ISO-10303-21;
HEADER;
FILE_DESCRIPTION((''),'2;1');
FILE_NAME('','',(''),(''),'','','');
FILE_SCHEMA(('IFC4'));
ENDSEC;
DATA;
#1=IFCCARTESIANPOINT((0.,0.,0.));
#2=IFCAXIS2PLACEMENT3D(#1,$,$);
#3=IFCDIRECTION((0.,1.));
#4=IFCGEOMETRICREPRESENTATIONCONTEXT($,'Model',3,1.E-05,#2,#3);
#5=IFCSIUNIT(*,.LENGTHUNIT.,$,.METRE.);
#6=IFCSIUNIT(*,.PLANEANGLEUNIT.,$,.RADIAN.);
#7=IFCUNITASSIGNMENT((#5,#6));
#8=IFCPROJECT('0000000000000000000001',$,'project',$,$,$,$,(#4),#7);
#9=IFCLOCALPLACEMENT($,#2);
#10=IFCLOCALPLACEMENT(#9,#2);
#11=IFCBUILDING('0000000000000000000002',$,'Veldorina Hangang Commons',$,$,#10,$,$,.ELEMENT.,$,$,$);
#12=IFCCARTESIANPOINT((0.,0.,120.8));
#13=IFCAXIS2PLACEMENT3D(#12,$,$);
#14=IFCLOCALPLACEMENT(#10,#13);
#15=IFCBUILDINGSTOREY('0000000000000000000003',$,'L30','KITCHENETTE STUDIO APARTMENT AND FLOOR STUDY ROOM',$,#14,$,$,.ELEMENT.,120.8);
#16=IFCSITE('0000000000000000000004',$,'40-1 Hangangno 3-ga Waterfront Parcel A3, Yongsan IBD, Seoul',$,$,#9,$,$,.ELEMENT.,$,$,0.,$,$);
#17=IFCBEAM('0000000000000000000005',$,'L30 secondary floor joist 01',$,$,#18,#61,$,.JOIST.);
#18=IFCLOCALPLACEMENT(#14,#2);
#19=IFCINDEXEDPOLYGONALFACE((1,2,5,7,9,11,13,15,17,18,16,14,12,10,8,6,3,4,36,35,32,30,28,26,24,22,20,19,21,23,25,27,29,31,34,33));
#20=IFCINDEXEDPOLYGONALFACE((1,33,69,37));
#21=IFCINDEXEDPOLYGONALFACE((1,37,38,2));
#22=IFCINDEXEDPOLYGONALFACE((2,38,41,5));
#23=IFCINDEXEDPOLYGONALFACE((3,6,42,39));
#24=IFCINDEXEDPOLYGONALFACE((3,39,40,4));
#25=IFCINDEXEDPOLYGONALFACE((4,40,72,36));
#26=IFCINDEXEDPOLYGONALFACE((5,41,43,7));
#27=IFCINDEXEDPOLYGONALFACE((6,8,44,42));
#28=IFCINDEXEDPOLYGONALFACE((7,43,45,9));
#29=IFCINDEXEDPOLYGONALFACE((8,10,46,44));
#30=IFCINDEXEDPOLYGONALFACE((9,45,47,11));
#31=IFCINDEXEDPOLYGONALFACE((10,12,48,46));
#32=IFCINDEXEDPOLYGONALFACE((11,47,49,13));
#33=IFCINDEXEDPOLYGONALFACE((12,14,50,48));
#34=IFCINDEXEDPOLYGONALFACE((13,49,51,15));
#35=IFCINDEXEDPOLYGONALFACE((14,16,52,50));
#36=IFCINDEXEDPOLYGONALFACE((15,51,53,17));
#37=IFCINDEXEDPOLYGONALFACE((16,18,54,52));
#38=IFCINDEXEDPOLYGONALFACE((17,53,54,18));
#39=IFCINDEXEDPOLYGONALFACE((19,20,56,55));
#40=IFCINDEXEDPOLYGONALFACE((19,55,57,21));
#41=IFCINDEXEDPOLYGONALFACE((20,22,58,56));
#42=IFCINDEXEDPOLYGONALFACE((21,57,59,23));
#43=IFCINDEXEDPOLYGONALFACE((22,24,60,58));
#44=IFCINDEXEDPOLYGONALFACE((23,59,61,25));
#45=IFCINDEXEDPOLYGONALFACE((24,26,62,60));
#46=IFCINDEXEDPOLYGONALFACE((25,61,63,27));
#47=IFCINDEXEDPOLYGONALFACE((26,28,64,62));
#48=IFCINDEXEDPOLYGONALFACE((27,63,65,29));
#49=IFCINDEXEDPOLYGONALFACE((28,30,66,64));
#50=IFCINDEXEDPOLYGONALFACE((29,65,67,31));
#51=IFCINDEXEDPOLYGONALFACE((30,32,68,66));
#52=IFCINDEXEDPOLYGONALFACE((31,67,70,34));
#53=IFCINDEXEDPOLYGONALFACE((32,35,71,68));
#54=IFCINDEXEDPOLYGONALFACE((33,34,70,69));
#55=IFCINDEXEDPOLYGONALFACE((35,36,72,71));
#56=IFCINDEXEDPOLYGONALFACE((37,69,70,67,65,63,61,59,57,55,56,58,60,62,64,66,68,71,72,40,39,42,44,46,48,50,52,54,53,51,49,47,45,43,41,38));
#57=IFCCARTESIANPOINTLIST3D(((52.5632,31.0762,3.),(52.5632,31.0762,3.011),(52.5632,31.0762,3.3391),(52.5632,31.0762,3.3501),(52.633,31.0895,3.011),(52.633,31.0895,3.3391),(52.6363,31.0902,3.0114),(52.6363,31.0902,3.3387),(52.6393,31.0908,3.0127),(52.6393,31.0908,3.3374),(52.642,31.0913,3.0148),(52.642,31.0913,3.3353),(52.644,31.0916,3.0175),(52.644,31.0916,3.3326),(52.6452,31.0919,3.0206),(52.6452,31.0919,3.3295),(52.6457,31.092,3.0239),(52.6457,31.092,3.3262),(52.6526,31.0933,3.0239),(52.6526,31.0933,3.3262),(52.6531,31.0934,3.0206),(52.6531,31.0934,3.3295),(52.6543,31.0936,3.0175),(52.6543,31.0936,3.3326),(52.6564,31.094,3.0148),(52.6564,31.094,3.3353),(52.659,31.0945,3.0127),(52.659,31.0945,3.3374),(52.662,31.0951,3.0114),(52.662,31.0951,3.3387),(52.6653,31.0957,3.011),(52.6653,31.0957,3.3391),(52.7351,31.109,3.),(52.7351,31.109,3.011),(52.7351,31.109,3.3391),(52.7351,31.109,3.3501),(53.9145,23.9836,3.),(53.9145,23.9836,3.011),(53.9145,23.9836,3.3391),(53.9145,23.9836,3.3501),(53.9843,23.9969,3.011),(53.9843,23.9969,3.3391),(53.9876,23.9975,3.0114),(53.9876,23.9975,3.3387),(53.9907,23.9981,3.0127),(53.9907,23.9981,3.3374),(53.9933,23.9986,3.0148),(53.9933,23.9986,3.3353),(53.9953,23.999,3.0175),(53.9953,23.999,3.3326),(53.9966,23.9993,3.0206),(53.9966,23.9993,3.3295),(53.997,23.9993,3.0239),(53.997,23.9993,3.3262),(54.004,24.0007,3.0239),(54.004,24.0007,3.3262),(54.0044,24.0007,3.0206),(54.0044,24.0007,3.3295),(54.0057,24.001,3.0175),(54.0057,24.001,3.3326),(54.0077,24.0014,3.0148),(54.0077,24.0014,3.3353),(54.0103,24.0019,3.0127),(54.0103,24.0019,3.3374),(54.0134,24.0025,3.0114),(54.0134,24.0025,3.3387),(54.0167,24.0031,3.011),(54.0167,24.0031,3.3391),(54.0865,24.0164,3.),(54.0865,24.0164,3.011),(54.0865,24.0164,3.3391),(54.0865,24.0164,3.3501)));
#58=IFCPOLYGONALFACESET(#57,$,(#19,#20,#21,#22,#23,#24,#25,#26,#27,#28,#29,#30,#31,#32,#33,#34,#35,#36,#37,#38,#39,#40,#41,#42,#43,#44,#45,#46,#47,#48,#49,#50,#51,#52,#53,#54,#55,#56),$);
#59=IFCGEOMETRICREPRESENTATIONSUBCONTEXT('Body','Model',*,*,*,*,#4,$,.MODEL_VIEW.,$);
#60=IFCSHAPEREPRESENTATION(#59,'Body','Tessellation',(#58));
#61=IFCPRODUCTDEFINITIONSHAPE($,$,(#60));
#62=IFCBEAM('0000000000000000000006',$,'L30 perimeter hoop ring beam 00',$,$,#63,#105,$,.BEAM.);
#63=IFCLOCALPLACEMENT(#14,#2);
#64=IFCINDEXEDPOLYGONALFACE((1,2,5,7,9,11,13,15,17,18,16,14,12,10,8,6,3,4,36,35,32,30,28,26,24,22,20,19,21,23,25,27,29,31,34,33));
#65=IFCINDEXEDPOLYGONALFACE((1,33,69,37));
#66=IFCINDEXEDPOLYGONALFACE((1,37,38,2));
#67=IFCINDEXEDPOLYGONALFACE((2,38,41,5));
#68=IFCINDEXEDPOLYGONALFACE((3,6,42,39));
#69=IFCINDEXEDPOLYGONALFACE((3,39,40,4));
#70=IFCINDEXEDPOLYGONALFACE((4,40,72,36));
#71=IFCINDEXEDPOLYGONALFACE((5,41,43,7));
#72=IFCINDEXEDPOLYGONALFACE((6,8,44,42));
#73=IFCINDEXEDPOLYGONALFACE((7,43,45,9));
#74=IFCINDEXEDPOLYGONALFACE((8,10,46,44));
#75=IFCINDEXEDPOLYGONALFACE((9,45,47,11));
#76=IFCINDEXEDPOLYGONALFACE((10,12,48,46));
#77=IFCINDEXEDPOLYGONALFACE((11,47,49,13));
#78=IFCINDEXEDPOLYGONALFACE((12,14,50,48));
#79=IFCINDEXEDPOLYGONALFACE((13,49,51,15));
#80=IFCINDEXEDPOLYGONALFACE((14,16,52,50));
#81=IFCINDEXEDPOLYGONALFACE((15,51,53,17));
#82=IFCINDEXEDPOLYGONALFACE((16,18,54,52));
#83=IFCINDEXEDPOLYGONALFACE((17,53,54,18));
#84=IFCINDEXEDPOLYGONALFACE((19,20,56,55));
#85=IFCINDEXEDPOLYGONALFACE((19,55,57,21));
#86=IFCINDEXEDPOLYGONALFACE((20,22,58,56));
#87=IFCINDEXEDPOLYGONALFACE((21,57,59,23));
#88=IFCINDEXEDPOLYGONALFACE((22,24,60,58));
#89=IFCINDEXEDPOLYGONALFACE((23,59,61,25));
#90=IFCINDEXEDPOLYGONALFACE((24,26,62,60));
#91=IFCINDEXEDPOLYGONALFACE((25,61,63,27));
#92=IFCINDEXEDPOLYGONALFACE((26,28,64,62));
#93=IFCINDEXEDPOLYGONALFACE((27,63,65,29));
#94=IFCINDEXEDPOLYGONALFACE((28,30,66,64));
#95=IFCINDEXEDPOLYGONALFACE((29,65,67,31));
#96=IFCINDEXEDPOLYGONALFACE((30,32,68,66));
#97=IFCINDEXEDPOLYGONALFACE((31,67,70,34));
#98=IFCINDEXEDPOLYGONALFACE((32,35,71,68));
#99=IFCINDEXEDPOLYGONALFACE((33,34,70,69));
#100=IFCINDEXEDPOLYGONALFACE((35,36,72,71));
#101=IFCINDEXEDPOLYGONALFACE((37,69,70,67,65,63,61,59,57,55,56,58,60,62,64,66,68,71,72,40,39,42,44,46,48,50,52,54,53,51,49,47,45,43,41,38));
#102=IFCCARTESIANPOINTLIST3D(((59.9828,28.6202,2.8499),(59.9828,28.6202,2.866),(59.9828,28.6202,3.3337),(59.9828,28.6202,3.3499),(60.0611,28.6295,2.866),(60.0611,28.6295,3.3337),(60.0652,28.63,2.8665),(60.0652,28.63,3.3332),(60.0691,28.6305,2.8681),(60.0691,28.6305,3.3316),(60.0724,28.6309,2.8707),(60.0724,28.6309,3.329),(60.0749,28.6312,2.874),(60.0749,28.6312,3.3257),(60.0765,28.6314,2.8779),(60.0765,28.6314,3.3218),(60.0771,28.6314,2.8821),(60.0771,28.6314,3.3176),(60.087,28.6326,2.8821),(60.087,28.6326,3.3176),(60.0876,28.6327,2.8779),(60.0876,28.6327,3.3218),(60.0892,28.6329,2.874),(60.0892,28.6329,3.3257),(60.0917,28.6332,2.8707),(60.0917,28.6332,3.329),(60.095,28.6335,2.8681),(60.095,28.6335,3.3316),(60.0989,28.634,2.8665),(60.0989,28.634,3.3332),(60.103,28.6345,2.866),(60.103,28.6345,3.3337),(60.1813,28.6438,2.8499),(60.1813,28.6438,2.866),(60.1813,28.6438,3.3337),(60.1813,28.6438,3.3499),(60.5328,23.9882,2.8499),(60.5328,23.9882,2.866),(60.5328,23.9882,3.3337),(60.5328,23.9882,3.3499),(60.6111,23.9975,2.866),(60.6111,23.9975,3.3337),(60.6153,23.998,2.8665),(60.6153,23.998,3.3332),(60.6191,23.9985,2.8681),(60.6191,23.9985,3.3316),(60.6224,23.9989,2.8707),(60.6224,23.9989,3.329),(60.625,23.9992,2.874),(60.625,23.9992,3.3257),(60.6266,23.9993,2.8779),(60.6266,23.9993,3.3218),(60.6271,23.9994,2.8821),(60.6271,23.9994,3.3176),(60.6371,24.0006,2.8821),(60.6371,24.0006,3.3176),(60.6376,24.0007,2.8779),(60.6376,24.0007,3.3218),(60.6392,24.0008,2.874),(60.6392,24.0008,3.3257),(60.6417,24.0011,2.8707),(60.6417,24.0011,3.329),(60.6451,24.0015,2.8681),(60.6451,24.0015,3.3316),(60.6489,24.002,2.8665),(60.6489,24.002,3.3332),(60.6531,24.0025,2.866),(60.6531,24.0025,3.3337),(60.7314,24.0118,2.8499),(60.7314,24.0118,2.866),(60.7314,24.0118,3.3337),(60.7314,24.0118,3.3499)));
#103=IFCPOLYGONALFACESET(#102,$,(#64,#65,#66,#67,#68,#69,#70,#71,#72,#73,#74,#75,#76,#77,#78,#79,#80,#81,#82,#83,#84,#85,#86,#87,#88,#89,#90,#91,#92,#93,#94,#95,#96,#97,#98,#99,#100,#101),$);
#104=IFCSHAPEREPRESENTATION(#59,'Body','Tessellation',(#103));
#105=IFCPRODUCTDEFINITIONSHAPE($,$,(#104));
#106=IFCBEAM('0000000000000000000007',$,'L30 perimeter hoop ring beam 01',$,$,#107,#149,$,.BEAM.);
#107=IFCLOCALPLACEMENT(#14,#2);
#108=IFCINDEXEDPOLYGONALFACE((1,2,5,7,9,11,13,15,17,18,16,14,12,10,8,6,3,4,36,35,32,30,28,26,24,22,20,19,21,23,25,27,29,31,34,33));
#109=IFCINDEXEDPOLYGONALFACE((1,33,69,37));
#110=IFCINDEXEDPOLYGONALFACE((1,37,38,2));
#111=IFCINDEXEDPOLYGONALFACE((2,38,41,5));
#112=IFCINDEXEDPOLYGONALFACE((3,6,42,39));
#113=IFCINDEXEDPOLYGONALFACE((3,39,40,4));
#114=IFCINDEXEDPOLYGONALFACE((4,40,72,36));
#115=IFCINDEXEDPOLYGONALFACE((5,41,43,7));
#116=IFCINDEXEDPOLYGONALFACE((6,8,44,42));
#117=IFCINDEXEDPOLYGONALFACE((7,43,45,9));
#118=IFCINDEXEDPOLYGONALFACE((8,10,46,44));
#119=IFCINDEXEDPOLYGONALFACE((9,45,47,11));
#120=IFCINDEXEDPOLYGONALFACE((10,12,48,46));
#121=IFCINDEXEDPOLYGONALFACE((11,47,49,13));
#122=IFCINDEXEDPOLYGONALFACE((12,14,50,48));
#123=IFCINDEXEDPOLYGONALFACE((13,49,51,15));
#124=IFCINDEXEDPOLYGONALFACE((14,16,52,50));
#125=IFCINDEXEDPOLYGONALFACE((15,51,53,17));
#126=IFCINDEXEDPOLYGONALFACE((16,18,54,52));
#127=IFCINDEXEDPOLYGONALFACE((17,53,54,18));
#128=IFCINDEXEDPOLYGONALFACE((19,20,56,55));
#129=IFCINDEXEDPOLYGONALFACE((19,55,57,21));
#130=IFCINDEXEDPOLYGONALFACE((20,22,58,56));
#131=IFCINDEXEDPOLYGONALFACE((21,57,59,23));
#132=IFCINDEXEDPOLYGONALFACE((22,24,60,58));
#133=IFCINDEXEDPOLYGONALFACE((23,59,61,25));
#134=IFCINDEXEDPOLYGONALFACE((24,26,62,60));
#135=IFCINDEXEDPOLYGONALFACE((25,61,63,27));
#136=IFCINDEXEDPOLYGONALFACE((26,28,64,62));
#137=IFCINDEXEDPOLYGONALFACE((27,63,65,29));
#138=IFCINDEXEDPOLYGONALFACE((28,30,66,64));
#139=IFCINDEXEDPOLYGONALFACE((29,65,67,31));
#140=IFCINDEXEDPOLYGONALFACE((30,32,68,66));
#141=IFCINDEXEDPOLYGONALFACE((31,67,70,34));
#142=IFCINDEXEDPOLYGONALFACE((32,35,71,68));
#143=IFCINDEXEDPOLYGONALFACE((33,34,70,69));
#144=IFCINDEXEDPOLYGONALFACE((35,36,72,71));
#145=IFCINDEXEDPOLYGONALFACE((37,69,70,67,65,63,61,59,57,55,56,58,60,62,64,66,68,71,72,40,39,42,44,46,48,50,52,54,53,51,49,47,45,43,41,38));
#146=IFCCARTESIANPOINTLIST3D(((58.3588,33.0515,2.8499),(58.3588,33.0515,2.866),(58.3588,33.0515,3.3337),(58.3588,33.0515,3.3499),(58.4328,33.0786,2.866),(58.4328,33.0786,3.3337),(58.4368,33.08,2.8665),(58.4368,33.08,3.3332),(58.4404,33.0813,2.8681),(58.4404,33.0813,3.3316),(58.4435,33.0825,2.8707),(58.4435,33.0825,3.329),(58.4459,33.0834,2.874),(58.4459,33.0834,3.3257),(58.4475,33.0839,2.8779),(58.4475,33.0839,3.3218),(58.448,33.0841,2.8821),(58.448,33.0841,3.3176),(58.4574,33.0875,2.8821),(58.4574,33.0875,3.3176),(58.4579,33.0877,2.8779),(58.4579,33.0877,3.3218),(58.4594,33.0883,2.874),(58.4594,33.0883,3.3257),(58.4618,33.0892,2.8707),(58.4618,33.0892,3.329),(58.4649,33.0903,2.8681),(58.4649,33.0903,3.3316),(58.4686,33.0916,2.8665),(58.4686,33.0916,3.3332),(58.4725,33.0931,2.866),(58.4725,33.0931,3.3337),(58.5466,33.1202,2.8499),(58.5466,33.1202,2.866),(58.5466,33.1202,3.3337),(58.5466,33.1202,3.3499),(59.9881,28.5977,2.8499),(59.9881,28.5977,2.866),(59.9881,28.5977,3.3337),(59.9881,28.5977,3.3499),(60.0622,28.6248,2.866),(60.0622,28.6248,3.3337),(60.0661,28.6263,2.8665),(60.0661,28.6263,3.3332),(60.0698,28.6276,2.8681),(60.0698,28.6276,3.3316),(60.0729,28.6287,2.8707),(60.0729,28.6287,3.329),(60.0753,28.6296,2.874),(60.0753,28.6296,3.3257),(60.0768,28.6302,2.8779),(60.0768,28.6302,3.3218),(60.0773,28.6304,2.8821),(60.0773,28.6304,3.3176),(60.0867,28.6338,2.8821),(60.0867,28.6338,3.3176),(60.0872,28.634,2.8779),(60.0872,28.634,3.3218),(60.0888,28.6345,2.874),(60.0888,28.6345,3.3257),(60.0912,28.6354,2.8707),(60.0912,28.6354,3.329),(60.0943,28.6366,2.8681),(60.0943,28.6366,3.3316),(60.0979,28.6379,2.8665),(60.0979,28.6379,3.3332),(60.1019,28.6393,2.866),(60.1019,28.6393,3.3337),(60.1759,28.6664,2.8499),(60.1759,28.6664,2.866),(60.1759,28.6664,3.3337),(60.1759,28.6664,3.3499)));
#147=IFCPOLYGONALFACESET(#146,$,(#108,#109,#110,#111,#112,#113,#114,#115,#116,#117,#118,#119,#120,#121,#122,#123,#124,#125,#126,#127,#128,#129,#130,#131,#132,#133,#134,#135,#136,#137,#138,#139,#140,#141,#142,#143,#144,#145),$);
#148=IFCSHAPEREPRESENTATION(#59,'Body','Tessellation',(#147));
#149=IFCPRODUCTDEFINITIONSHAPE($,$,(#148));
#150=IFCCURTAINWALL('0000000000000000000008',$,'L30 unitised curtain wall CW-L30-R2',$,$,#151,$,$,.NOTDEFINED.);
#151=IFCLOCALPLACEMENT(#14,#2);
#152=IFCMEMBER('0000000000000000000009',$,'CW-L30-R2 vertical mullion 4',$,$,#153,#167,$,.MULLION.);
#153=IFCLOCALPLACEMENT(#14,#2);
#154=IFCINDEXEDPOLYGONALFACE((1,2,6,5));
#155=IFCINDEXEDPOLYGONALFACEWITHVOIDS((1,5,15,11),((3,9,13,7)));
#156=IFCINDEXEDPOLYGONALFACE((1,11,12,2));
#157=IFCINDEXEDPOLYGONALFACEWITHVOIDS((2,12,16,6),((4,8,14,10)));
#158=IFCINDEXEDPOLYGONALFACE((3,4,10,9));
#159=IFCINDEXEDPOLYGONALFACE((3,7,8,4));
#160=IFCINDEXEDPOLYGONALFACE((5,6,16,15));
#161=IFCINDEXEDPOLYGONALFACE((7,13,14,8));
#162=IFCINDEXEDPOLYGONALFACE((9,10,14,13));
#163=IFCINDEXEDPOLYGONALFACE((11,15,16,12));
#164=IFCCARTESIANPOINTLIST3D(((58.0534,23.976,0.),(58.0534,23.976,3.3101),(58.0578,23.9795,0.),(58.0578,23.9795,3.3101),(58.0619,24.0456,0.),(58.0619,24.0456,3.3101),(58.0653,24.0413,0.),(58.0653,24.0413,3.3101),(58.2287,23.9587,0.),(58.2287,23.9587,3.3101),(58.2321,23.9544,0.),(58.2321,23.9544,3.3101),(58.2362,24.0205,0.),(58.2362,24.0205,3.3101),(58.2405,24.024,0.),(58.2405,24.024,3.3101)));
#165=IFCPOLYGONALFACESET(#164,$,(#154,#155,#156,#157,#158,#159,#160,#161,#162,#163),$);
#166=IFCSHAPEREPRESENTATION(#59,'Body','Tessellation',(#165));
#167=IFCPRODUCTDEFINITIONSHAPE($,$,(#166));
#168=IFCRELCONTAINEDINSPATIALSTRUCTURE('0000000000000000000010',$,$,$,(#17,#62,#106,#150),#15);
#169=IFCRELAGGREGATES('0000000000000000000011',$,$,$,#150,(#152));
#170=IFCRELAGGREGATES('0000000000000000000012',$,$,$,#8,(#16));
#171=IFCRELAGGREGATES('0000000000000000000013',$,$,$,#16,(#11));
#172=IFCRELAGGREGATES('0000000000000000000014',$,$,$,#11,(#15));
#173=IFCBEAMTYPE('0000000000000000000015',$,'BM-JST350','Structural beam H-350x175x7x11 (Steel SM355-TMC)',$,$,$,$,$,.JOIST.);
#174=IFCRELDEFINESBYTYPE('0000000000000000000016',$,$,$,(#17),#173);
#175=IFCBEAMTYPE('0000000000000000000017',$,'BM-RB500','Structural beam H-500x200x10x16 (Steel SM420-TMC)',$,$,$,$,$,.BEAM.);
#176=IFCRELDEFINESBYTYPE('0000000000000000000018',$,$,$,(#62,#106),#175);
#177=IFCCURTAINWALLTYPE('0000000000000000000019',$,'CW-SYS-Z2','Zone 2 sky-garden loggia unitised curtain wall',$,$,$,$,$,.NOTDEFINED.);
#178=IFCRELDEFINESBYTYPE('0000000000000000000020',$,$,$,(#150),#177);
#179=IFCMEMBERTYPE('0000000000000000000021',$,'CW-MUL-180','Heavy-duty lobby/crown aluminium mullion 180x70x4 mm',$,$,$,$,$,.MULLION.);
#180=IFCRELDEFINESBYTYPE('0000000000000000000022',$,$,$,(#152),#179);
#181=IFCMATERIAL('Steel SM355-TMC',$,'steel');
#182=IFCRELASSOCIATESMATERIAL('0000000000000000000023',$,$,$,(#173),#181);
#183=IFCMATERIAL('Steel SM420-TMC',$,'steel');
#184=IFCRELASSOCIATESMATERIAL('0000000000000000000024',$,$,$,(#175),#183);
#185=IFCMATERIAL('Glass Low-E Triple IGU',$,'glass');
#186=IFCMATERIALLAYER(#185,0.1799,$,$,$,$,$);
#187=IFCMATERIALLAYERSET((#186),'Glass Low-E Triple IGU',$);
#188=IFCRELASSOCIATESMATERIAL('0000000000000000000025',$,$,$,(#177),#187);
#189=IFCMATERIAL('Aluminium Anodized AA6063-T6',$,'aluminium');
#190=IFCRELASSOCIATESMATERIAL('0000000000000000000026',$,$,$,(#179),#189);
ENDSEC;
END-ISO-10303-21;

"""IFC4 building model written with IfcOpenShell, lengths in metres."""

from ifc_helpers import new_model, si_unit, direction, frame, origin, origin_2d, place, context, subcontext, project, spatial, hollow_rectangle, i_section, extrude, material, layer, layer_set, material_profile, profile_set, type_object, element, aggregate, save


model = new_model("IFC4")

# Units and contexts
model_context = context("Model", 3, precision=1e-05, world=origin(), true_north=direction((0.0, 1.0)))
body_context = subcontext(model_context, "Body", "Model", "MODEL_VIEW")
ifc_project = project(units=[si_unit("LENGTHUNIT", "METRE"), si_unit("PLANEANGLEUNIT", "RADIAN")], contexts=[model_context])

# Site, building, storey
site_placement = place(None, origin())
site = spatial("IfcSite", under=ifc_project, at=site_placement, Name="40-1 Hangangno 3-ga Waterfront Parcel A3, Yongsan IBD, Seoul", CompositionType="ELEMENT", RefElevation=0.0)
building_placement = place(site_placement, origin())
building = spatial("IfcBuilding", under=site, at=building_placement, Name="Veldorina Hangang Commons", CompositionType="ELEMENT")
storey_placement = place(building_placement, frame((0.0, 0.0, 120.8)))
storey = spatial("IfcBuildingStorey", under=building, at=storey_placement, Name="L30", Description="KITCHENETTE STUDIO APARTMENT AND FLOOR STUDY ROOM", CompositionType="ELEMENT", Elevation=120.8)

# Beams
ifc_material_1 = material(Name="Steel SM355-TMC", Category="steel")
ifc_material_profile_1 = material_profile(ifc_material_1, i_section(OverallWidth=0.175, OverallDepth=0.3501, WebThickness=0.0071, FlangeThickness=0.011, FilletRadius=0.0129, at=origin_2d()), Name="H-350x175x7x11")
ifc_profile_set_1 = profile_set([ifc_material_profile_1], Name="Steel SM355-TMC")
beam_type_1 = type_object("IfcBeamType", Name="BM-JST350", Description="Structural beam H-350x175x7x11 (Steel SM355-TMC)", PredefinedType="JOIST", material=ifc_profile_set_1)
beam_1_placement = place(storey_placement, frame((54.0005, 24.0, 3.175), z_axis=(-0.18716, 0.982329, 0.0), x_axis=(-0.982329, -0.18716, 0.0)))
element("IfcBeam", 1, at=beam_1_placement, inside=storey, type_object=beam_type_1, Name="L30 secondary floor joist 01", PredefinedType="JOIST", context=body_context, shape_type="SweptSolid", body=[
    extrude(i_section(OverallWidth=0.175, OverallDepth=0.3501, WebThickness=0.0071, FlangeThickness=0.011, FilletRadius=0.0129, at=origin_2d()), origin(), (0.0, 0.0, 1.0), 7.2202),
])
ifc_material_2 = material(Name="Steel SM420-TMC", Category="steel")
ifc_material_profile_2 = material_profile(ifc_material_2, i_section(OverallWidth=0.2, OverallDepth=0.5, WebThickness=0.01, FlangeThickness=0.0161, FilletRadius=0.0161, at=origin_2d()), Name="H-500x200x10x16")
ifc_profile_set_2 = profile_set([ifc_material_profile_2], Name="Steel SM420-TMC")
beam_type_2 = type_object("IfcBeamType", Name="BM-RB500", Description="Structural beam H-500x200x10x16 (Steel SM420-TMC)", PredefinedType="BEAM", material=ifc_profile_set_2)
beam_2_placement = place(storey_placement, frame((60.6321, 24.0, 3.0999), z_axis=(-0.117919, 0.993023, 0.0), x_axis=(-0.993023, -0.117919, 0.0)))
element("IfcBeam", 2, at=beam_2_placement, inside=storey, type_object=beam_type_2, Name="L30 perimeter hoop ring beam 00", PredefinedType="BEAM", context=body_context, shape_type="SweptSolid", body=[
    extrude(i_section(OverallWidth=0.2, OverallDepth=0.5, WebThickness=0.01, FlangeThickness=0.0161, FilletRadius=0.0161, at=origin_2d()), origin(), (0.0, 0.0, 1.0), 4.6646),
])
beam_3_placement = place(storey_placement, frame((60.082, 28.6321, 3.0999), z_axis=(-0.343569, 0.939127, 0.0), x_axis=(-0.939127, -0.343569, 0.0)))
element("IfcBeam", 3, at=beam_3_placement, inside=storey, type_object=beam_type_2, Name="L30 perimeter hoop ring beam 01", PredefinedType="BEAM", context=body_context, shape_type="SweptSolid", body=[
    extrude(i_section(OverallWidth=0.2, OverallDepth=0.5, WebThickness=0.01, FlangeThickness=0.0161, FilletRadius=0.0161, at=origin_2d()), origin(), (0.0, 0.0, 1.0), 4.7424),
])

# Curtain wall, member
ifc_material_3 = material(Name="Glass Low-E Triple IGU", Category="glass")
ifc_layer_1 = layer(ifc_material_3, 0.1799)
ifc_layer_set_1 = layer_set([ifc_layer_1], Name="Glass Low-E Triple IGU")
curtain_wall_type = type_object("IfcCurtainWallType", Name="CW-SYS-Z2", Description="Zone 2 sky-garden loggia unitised curtain wall", PredefinedType="NOTDEFINED", material=ifc_layer_set_1)
curtain_wall_placement = place(storey_placement, origin())
curtain_wall = element("IfcCurtainWall", 4, at=curtain_wall_placement, inside=storey, type_object=curtain_wall_type, Name="L30 unitised curtain wall CW-L30-R2", PredefinedType="NOTDEFINED")
ifc_material_4 = material(Name="Aluminium Anodized AA6063-T6", Category="aluminium")
ifc_material_profile_3 = material_profile(ifc_material_4, hollow_rectangle(XDim=0.0701, YDim=0.1799, WallThickness=0.0039, at=origin_2d()), Name="ALU-RHS-180x70x4")
ifc_profile_set_3 = profile_set([ifc_material_profile_3], Name="Aluminium Anodized AA6063-T6")
member_type_1 = type_object("IfcMemberType", Name="CW-MUL-180", Description="Heavy-duty lobby/crown aluminium mullion 180x70x4 mm", PredefinedType="MULLION", material=ifc_profile_set_3)
member_1_placement = place(storey_placement, frame((58.147, 24.0, 0.0), z_axis=(0.0, 0.0, 1.0), x_axis=(-0.120327, -0.992734, 0.0)))
member_1 = element("IfcMember", 5, at=member_1_placement, type_object=member_type_1, Name="CW-L30-R2 vertical mullion 4", PredefinedType="MULLION", context=body_context, shape_type="SweptSolid", body=[
    extrude(hollow_rectangle(XDim=0.0701, YDim=0.1799, WallThickness=0.0039, at=origin_2d()), origin(), (0.0, 0.0, 1.0), 3.3101),
])

aggregate(curtain_wall, [member_1])

save(model, "model.ifc")
